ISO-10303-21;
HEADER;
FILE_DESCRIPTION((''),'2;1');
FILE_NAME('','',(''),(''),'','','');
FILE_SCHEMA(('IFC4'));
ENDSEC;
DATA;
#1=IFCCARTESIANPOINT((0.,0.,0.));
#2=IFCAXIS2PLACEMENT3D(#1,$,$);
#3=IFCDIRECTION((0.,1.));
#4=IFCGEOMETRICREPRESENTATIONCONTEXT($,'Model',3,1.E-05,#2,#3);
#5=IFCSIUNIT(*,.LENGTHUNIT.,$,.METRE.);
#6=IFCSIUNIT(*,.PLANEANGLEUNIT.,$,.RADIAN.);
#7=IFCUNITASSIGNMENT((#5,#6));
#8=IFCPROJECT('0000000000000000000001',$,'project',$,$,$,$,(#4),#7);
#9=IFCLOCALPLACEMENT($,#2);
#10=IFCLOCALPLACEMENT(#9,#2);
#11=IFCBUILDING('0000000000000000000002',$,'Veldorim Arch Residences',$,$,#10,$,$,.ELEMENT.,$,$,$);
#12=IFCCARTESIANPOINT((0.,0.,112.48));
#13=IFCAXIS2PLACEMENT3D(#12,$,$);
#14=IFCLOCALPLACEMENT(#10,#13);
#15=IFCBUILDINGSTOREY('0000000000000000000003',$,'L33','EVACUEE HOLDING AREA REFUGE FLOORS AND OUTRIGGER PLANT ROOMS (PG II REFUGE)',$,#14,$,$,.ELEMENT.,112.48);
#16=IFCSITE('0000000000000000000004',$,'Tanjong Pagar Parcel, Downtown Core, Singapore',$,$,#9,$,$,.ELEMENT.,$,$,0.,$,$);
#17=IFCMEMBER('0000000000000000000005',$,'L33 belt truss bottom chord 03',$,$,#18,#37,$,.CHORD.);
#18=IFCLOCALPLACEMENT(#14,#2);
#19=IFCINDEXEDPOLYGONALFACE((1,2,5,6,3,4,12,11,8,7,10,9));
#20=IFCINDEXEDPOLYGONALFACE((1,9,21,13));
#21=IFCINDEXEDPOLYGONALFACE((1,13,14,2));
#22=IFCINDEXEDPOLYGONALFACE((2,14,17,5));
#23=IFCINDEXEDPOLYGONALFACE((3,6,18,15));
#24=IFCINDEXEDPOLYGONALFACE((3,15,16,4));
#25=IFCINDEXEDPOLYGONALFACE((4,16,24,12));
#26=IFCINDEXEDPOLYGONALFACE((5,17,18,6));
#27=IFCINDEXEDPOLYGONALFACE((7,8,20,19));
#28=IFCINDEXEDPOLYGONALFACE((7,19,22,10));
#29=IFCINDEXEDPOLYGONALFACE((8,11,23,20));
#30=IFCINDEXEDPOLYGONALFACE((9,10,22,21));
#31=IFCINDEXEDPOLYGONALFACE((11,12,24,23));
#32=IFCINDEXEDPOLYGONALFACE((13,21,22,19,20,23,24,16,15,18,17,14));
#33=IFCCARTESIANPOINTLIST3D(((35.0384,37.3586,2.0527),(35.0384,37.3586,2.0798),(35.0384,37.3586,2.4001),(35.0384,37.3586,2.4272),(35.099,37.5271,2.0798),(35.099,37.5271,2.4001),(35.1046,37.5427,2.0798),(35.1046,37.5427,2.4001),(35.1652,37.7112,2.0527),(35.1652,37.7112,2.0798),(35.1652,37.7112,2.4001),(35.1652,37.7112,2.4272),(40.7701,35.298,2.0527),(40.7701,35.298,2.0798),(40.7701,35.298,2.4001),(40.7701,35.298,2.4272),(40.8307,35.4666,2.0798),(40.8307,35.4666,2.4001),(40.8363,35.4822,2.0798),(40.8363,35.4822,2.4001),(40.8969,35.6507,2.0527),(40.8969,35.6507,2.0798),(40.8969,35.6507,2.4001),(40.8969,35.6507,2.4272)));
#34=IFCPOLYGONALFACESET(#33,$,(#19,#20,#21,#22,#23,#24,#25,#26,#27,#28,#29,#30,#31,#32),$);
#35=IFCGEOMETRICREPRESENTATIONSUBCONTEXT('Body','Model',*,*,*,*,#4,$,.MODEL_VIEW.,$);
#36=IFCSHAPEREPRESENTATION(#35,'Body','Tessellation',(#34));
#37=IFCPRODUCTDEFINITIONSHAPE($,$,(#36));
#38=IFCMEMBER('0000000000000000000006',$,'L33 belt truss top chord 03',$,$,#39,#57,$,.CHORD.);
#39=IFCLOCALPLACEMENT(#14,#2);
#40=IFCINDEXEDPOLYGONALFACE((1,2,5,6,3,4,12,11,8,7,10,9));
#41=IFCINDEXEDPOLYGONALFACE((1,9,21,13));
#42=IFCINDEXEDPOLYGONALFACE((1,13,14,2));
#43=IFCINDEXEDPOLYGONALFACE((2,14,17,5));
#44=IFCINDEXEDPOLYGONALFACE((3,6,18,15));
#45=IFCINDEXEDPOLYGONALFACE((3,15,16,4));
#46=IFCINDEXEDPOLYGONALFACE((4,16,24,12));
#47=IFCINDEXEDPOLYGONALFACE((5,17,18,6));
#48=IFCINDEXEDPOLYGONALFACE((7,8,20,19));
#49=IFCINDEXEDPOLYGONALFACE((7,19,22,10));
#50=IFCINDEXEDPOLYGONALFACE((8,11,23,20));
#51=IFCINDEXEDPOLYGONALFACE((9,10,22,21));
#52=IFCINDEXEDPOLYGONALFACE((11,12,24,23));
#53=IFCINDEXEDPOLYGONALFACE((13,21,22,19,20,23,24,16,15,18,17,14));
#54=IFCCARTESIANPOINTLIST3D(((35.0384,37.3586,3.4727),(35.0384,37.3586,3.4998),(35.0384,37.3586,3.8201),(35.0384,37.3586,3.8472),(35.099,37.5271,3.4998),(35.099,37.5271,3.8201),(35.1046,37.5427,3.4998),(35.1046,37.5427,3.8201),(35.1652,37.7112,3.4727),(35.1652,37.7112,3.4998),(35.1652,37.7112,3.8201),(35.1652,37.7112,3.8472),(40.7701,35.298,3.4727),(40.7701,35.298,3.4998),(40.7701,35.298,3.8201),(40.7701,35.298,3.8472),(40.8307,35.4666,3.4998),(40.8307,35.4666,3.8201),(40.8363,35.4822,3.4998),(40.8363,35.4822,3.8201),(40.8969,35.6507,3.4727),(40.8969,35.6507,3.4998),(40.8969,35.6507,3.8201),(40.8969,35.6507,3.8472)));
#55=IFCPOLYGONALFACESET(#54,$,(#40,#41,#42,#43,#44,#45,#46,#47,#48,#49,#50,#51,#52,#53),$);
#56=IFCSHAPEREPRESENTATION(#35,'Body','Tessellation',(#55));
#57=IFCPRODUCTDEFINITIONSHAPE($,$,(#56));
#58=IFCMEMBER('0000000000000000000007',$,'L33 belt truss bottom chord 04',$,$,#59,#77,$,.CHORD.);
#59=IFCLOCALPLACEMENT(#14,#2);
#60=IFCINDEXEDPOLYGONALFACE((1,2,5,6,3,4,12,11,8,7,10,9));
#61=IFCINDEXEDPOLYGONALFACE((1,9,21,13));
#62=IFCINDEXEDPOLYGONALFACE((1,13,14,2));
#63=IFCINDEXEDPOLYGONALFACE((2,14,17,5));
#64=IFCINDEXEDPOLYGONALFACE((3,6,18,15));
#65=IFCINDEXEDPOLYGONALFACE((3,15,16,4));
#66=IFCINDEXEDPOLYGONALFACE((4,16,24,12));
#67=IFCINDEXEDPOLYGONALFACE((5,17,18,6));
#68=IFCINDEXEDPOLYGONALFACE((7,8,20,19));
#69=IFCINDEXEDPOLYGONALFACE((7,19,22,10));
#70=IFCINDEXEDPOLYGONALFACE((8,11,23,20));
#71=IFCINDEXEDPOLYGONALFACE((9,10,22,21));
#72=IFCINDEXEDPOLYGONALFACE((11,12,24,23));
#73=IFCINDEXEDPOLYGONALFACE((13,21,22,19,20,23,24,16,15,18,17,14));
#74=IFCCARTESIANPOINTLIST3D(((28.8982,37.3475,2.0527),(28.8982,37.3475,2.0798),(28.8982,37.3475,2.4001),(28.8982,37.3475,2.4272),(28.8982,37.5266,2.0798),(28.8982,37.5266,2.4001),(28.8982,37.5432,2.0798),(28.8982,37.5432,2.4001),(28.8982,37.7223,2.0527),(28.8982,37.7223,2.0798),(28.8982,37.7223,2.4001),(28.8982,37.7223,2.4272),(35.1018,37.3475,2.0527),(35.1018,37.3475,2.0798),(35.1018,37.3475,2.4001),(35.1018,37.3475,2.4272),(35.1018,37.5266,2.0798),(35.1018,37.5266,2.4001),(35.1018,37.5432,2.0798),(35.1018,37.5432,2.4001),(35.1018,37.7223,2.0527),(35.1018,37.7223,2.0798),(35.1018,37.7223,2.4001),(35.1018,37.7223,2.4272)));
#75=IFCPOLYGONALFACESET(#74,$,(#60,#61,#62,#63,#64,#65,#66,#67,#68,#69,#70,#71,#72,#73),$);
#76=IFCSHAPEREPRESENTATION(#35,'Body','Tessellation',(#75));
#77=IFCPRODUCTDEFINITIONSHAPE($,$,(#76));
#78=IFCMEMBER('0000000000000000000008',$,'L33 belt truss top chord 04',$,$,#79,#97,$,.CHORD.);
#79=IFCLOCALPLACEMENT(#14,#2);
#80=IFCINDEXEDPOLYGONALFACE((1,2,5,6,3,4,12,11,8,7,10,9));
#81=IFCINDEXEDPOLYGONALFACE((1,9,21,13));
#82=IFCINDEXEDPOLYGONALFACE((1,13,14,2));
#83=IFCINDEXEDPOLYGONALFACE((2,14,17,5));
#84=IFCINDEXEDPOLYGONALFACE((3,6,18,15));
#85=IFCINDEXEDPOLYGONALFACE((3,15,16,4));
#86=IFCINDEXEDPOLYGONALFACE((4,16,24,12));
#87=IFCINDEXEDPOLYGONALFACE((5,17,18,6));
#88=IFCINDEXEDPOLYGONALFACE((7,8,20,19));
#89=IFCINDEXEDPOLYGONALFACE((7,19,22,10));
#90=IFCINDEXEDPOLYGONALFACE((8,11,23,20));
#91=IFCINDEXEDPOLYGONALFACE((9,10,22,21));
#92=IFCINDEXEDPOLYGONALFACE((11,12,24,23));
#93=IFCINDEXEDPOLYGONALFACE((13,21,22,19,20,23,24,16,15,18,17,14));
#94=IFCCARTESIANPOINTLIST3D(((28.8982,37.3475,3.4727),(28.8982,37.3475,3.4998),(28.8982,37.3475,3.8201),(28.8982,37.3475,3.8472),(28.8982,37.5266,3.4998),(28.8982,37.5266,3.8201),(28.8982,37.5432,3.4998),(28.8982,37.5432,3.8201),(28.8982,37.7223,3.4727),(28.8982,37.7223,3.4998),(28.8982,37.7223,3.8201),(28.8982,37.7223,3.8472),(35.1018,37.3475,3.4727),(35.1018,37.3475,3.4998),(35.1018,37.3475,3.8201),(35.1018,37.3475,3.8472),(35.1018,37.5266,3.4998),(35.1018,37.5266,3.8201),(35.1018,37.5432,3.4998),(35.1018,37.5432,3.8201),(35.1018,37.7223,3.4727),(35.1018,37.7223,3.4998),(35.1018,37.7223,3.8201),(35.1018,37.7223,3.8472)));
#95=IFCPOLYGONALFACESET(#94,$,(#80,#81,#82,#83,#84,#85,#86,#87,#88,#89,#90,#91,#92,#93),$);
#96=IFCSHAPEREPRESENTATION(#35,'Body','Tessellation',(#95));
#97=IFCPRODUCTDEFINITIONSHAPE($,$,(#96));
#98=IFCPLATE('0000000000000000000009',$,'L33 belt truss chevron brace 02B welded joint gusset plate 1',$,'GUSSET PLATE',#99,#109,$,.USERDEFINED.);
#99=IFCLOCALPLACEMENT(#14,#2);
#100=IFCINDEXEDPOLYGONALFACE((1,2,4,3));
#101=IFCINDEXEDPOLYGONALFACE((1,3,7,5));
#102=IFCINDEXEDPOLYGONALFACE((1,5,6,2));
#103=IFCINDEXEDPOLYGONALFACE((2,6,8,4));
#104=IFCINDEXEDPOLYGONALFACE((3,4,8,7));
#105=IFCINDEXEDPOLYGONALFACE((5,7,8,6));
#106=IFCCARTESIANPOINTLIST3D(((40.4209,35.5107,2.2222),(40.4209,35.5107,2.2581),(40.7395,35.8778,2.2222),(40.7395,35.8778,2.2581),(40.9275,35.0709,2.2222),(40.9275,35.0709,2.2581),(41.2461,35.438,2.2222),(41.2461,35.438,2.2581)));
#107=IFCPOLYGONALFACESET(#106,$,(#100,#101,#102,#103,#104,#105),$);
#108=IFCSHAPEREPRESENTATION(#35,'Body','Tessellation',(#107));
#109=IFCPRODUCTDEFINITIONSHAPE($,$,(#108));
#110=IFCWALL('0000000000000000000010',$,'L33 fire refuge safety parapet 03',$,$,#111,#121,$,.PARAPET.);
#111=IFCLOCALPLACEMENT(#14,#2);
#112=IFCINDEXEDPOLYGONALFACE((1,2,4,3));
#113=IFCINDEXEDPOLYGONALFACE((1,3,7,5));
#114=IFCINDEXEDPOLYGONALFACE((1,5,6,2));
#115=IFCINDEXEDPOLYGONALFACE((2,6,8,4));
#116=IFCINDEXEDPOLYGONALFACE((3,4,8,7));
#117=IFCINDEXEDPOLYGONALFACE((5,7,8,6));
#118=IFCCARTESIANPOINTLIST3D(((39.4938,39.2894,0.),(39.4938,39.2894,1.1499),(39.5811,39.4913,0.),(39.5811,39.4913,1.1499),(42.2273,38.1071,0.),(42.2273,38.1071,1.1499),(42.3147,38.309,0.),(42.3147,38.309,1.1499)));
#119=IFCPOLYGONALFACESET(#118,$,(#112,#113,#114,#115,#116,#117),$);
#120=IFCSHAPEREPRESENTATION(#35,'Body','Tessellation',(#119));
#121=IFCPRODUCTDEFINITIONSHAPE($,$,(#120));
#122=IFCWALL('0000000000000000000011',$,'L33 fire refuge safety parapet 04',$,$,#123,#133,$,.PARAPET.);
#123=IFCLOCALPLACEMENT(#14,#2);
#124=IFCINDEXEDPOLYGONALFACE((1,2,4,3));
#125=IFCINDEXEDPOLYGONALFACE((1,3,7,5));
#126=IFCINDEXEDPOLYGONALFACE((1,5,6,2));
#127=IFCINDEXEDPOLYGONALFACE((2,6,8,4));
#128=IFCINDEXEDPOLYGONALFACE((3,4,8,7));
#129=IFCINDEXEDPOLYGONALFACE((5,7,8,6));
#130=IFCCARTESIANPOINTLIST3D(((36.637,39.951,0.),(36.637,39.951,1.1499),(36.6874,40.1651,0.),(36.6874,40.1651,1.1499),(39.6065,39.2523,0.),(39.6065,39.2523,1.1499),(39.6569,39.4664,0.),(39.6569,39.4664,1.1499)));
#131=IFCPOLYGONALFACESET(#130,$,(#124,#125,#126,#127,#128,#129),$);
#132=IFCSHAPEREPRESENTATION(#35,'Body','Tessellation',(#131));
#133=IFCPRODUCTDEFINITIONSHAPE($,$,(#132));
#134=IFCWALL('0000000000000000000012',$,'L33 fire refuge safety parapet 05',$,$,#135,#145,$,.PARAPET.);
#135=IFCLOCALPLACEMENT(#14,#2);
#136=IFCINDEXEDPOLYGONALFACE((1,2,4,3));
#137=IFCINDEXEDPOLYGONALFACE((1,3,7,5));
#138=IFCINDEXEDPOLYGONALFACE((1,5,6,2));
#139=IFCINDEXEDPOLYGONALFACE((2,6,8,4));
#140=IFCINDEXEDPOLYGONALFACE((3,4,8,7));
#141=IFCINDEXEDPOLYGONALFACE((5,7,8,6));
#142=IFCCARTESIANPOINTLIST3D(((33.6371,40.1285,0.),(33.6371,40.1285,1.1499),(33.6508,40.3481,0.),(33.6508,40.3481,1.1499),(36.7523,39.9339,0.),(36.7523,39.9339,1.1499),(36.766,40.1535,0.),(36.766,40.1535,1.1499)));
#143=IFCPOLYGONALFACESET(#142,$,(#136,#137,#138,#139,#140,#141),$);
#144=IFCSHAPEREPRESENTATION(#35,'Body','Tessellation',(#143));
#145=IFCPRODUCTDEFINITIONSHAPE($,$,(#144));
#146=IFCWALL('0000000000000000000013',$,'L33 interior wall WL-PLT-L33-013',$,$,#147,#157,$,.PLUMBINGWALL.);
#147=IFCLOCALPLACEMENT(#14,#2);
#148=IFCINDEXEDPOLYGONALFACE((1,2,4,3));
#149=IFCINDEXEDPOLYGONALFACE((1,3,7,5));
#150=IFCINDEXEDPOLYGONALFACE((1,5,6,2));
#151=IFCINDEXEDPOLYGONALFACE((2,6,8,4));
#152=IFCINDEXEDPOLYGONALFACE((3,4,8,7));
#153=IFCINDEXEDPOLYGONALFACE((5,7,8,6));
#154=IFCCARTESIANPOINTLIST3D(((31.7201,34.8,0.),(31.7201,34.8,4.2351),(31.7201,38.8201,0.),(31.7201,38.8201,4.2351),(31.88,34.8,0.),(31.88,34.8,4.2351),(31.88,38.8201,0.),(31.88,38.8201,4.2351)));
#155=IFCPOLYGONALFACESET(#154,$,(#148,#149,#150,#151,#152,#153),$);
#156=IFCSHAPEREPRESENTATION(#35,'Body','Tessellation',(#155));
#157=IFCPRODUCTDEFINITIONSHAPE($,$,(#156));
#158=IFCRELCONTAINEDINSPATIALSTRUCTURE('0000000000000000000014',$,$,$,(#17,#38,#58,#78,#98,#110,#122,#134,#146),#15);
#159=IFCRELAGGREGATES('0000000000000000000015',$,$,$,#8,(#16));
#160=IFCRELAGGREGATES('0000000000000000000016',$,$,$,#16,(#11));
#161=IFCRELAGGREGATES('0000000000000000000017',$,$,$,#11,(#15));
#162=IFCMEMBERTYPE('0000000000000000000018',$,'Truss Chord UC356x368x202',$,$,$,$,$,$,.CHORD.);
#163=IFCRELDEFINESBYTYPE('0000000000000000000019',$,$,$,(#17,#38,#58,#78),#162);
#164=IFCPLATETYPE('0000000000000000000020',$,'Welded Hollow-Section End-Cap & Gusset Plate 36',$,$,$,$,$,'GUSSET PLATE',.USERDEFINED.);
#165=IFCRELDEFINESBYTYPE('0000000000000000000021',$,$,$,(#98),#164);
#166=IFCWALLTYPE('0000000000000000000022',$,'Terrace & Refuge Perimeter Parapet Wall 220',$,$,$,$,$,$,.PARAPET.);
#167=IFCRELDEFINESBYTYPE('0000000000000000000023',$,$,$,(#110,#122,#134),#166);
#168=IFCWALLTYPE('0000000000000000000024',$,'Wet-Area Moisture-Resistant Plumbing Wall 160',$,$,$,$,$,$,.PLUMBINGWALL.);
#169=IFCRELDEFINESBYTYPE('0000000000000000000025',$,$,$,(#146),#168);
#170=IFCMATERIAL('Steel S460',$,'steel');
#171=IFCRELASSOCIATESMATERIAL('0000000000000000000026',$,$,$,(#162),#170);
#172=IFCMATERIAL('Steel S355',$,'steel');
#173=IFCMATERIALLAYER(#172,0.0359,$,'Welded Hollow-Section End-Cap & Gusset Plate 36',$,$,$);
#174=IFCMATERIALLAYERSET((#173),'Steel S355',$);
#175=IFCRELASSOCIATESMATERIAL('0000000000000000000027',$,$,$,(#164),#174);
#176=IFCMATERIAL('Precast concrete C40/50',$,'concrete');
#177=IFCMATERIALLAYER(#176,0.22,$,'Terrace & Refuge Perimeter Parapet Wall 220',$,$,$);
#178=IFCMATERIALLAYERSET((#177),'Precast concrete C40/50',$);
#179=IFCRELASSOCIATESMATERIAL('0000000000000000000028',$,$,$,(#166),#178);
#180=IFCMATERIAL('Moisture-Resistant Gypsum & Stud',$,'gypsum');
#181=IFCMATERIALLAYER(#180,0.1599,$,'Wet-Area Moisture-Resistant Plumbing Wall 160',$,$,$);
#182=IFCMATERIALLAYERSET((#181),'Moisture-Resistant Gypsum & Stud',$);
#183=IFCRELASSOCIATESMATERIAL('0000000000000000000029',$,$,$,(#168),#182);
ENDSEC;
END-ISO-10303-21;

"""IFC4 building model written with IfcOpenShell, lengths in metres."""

from ifc_helpers import new_model, si_unit, direction, frame, frame_2d, origin, origin_2d, place, context, subcontext, project, spatial, rectangle, i_section, extrude, material, layer, layer_set, material_profile, profile_set, type_object, element, save


model = new_model("IFC4")

# Units and contexts
model_context = context("Model", 3, precision=1e-05, world=origin(), true_north=direction((0.0, 1.0)))
body_context = subcontext(model_context, "Body", "Model", "MODEL_VIEW")
ifc_project = project(units=[si_unit("LENGTHUNIT", "METRE"), si_unit("PLANEANGLEUNIT", "RADIAN")], contexts=[model_context])

# Site, building, storey
site_placement = place(None, origin())
site = spatial("IfcSite", under=ifc_project, at=site_placement, Name="Tanjong Pagar Parcel, Downtown Core, Singapore", CompositionType="ELEMENT", RefElevation=0.0)
building_placement = place(site_placement, origin())
building = spatial("IfcBuilding", under=site, at=building_placement, Name="Veldorim Arch Residences", CompositionType="ELEMENT")
storey_placement = place(building_placement, frame((0.0, 0.0, 112.48)))
storey = spatial("IfcBuildingStorey", under=building, at=storey_placement, Name="L33", Description="EVACUEE HOLDING AREA REFUGE FLOORS AND OUTRIGGER PLANT ROOMS (PG II REFUGE)", CompositionType="ELEMENT", Elevation=112.48)

# Members
ifc_material_1 = material(Name="Steel S460", Category="steel")
ifc_material_profile_1 = material_profile(ifc_material_1, i_section(OverallWidth=0.3748, OverallDepth=0.3745, WebThickness=0.0166, FlangeThickness=0.0271, at=origin_2d()), Name="UC356x368x202")
ifc_profile_set_1 = profile_set([ifc_material_profile_1], Name="Steel S460")
member_type_1 = type_object("IfcMemberType", Name="Truss Chord UC356x368x202", PredefinedType="CHORD", material=ifc_profile_set_1)
for number, where, z_axis, x_axis, name in (
    (1, (40.8335, 35.4744, 2.24), (-0.941037, 0.338304, 0.0), (-0.338304, -0.941037, 0.0), "L33 belt truss bottom chord 03"),
    (2, (40.8335, 35.4744, 3.6599), (-0.941037, 0.338304, 0.0), (-0.338304, -0.941037, 0.0), "L33 belt truss top chord 03"),
):
    element("IfcMember", number, at=place(storey_placement, frame(where, z_axis=z_axis, x_axis=x_axis)), inside=storey, type_object=member_type_1, Name=name, PredefinedType="CHORD", context=body_context, shape_type="SweptSolid", body=[
        extrude(i_section(OverallWidth=0.3748, OverallDepth=0.3745, WebThickness=0.0166, FlangeThickness=0.0271, at=origin_2d()), origin(), (0.0, 0.0, 1.0), 6.0908),
    ])
for number, where, z_axis, x_axis, name in (
    (3, (35.1018, 37.5349, 2.24), (-1.0, 0.0, 0.0), (0.0, -1.0, 0.0), "L33 belt truss bottom chord 04"),
    (4, (35.1018, 37.5349, 3.6599), (-1.0, 0.0, 0.0), (0.0, -1.0, 0.0), "L33 belt truss top chord 04"),
):
    element("IfcMember", number, at=place(storey_placement, frame(where, z_axis=z_axis, x_axis=x_axis)), inside=storey, type_object=member_type_1, Name=name, PredefinedType="CHORD", context=body_context, shape_type="SweptSolid", body=[
        extrude(i_section(OverallWidth=0.3748, OverallDepth=0.3745, WebThickness=0.0166, FlangeThickness=0.0271, at=origin_2d()), origin(), (0.0, 0.0, 1.0), 6.2036),
    ])

# Plate
ifc_material_2 = material(Name="Steel S355", Category="steel")
ifc_layer_1 = layer(ifc_material_2, 0.0359, Name="Welded Hollow-Section End-Cap & Gusset Plate 36")
ifc_layer_set_1 = layer_set([ifc_layer_1], Name="Steel S355")
plate_type = type_object("IfcPlateType", Name="Welded Hollow-Section End-Cap & Gusset Plate 36", ElementType="GUSSET PLATE", PredefinedType="USERDEFINED", material=ifc_layer_set_1)
plate_placement = place(storey_placement, frame((40.8335, 35.4744, 2.2222), z_axis=(0.0, 0.0, 1.0), x_axis=(0.755225, -0.655466, 0.0)))
element("IfcPlate", 5, at=plate_placement, inside=storey, type_object=plate_type, Name="L33 belt truss chevron brace 02B welded joint gusset plate 1", ObjectType="GUSSET PLATE", PredefinedType="USERDEFINED", context=body_context, shape_type="SweptSolid", body=[
    extrude(rectangle(XDim=0.6709, YDim=0.4861, at=origin_2d()), origin(), (0.0, 0.0, 1.0), 0.0359),
])

# Walls
ifc_material_3 = material(Name="Precast concrete C40/50", Category="concrete")
ifc_layer_2 = layer(ifc_material_3, 0.22, Name="Terrace & Refuge Perimeter Parapet Wall 220")
ifc_layer_set_2 = layer_set([ifc_layer_2], Name="Precast concrete C40/50")
wall_type_1 = type_object("IfcWallType", Name="Terrace & Refuge Perimeter Parapet Wall 220", PredefinedType="PARAPET", material=ifc_layer_set_2)
wall_1_placement = place(storey_placement, frame((39.5374, 39.3904, 0.0), z_axis=(0.0, 0.0, 1.0), x_axis=(0.917826, -0.396984, 0.0)))
element("IfcWall", 6, at=wall_1_placement, inside=storey, type_object=wall_type_1, Name="L33 fire refuge safety parapet 03", PredefinedType="PARAPET", context=body_context, shape_type="SweptSolid", body=[
    extrude(rectangle(XDim=2.9783, YDim=0.22, at=frame_2d((1.4893, 0.0))), origin(), (0.0, 0.0, 1.0), 1.1499),
])
wall_2_placement = place(storey_placement, frame((36.6621, 40.0581, 0.0), z_axis=(0.0, 0.0, 1.0), x_axis=(0.973415, -0.229048, 0.0)))
element("IfcWall", 7, at=wall_2_placement, inside=storey, type_object=wall_type_1, Name="L33 fire refuge safety parapet 04", PredefinedType="PARAPET", context=body_context, shape_type="SweptSolid", body=[
    extrude(rectangle(XDim=3.0505, YDim=0.22, at=frame_2d((1.5254, 0.0))), origin(), (0.0, 0.0, 1.0), 1.1499),
])
wall_3_placement = place(storey_placement, frame((33.644, 40.2383, 0.0), z_axis=(0.0, 0.0, 1.0), x_axis=(0.998055, -0.062339, 0.0)))
element("IfcWall", 8, at=wall_3_placement, inside=storey, type_object=wall_type_1, Name="L33 fire refuge safety parapet 05", PredefinedType="PARAPET", context=body_context, shape_type="SweptSolid", body=[
    extrude(rectangle(XDim=3.1213, YDim=0.22, at=frame_2d((1.5605, 0.0))), origin(), (0.0, 0.0, 1.0), 1.1499),
])
ifc_material_4 = material(Name="Moisture-Resistant Gypsum & Stud", Category="gypsum")
ifc_layer_3 = layer(ifc_material_4, 0.1599, Name="Wet-Area Moisture-Resistant Plumbing Wall 160")
ifc_layer_set_3 = layer_set([ifc_layer_3], Name="Moisture-Resistant Gypsum & Stud")
wall_type_2 = type_object("IfcWallType", Name="Wet-Area Moisture-Resistant Plumbing Wall 160", PredefinedType="PLUMBINGWALL", material=ifc_layer_set_3)
wall_4_placement = place(storey_placement, frame((31.8, 34.8, 0.0), z_axis=(0.0, 0.0, 1.0), x_axis=(0.0, 1.0, 0.0)))
element("IfcWall", 9, at=wall_4_placement, inside=storey, type_object=wall_type_2, Name="L33 interior wall WL-PLT-L33-013", PredefinedType="PLUMBINGWALL", context=body_context, shape_type="SweptSolid", body=[
    extrude(rectangle(XDim=4.02, YDim=0.1599, at=frame_2d((2.01, 0.0))), origin(), (0.0, 0.0, 1.0), 4.2351),
])

save(model, "model.ifc")
